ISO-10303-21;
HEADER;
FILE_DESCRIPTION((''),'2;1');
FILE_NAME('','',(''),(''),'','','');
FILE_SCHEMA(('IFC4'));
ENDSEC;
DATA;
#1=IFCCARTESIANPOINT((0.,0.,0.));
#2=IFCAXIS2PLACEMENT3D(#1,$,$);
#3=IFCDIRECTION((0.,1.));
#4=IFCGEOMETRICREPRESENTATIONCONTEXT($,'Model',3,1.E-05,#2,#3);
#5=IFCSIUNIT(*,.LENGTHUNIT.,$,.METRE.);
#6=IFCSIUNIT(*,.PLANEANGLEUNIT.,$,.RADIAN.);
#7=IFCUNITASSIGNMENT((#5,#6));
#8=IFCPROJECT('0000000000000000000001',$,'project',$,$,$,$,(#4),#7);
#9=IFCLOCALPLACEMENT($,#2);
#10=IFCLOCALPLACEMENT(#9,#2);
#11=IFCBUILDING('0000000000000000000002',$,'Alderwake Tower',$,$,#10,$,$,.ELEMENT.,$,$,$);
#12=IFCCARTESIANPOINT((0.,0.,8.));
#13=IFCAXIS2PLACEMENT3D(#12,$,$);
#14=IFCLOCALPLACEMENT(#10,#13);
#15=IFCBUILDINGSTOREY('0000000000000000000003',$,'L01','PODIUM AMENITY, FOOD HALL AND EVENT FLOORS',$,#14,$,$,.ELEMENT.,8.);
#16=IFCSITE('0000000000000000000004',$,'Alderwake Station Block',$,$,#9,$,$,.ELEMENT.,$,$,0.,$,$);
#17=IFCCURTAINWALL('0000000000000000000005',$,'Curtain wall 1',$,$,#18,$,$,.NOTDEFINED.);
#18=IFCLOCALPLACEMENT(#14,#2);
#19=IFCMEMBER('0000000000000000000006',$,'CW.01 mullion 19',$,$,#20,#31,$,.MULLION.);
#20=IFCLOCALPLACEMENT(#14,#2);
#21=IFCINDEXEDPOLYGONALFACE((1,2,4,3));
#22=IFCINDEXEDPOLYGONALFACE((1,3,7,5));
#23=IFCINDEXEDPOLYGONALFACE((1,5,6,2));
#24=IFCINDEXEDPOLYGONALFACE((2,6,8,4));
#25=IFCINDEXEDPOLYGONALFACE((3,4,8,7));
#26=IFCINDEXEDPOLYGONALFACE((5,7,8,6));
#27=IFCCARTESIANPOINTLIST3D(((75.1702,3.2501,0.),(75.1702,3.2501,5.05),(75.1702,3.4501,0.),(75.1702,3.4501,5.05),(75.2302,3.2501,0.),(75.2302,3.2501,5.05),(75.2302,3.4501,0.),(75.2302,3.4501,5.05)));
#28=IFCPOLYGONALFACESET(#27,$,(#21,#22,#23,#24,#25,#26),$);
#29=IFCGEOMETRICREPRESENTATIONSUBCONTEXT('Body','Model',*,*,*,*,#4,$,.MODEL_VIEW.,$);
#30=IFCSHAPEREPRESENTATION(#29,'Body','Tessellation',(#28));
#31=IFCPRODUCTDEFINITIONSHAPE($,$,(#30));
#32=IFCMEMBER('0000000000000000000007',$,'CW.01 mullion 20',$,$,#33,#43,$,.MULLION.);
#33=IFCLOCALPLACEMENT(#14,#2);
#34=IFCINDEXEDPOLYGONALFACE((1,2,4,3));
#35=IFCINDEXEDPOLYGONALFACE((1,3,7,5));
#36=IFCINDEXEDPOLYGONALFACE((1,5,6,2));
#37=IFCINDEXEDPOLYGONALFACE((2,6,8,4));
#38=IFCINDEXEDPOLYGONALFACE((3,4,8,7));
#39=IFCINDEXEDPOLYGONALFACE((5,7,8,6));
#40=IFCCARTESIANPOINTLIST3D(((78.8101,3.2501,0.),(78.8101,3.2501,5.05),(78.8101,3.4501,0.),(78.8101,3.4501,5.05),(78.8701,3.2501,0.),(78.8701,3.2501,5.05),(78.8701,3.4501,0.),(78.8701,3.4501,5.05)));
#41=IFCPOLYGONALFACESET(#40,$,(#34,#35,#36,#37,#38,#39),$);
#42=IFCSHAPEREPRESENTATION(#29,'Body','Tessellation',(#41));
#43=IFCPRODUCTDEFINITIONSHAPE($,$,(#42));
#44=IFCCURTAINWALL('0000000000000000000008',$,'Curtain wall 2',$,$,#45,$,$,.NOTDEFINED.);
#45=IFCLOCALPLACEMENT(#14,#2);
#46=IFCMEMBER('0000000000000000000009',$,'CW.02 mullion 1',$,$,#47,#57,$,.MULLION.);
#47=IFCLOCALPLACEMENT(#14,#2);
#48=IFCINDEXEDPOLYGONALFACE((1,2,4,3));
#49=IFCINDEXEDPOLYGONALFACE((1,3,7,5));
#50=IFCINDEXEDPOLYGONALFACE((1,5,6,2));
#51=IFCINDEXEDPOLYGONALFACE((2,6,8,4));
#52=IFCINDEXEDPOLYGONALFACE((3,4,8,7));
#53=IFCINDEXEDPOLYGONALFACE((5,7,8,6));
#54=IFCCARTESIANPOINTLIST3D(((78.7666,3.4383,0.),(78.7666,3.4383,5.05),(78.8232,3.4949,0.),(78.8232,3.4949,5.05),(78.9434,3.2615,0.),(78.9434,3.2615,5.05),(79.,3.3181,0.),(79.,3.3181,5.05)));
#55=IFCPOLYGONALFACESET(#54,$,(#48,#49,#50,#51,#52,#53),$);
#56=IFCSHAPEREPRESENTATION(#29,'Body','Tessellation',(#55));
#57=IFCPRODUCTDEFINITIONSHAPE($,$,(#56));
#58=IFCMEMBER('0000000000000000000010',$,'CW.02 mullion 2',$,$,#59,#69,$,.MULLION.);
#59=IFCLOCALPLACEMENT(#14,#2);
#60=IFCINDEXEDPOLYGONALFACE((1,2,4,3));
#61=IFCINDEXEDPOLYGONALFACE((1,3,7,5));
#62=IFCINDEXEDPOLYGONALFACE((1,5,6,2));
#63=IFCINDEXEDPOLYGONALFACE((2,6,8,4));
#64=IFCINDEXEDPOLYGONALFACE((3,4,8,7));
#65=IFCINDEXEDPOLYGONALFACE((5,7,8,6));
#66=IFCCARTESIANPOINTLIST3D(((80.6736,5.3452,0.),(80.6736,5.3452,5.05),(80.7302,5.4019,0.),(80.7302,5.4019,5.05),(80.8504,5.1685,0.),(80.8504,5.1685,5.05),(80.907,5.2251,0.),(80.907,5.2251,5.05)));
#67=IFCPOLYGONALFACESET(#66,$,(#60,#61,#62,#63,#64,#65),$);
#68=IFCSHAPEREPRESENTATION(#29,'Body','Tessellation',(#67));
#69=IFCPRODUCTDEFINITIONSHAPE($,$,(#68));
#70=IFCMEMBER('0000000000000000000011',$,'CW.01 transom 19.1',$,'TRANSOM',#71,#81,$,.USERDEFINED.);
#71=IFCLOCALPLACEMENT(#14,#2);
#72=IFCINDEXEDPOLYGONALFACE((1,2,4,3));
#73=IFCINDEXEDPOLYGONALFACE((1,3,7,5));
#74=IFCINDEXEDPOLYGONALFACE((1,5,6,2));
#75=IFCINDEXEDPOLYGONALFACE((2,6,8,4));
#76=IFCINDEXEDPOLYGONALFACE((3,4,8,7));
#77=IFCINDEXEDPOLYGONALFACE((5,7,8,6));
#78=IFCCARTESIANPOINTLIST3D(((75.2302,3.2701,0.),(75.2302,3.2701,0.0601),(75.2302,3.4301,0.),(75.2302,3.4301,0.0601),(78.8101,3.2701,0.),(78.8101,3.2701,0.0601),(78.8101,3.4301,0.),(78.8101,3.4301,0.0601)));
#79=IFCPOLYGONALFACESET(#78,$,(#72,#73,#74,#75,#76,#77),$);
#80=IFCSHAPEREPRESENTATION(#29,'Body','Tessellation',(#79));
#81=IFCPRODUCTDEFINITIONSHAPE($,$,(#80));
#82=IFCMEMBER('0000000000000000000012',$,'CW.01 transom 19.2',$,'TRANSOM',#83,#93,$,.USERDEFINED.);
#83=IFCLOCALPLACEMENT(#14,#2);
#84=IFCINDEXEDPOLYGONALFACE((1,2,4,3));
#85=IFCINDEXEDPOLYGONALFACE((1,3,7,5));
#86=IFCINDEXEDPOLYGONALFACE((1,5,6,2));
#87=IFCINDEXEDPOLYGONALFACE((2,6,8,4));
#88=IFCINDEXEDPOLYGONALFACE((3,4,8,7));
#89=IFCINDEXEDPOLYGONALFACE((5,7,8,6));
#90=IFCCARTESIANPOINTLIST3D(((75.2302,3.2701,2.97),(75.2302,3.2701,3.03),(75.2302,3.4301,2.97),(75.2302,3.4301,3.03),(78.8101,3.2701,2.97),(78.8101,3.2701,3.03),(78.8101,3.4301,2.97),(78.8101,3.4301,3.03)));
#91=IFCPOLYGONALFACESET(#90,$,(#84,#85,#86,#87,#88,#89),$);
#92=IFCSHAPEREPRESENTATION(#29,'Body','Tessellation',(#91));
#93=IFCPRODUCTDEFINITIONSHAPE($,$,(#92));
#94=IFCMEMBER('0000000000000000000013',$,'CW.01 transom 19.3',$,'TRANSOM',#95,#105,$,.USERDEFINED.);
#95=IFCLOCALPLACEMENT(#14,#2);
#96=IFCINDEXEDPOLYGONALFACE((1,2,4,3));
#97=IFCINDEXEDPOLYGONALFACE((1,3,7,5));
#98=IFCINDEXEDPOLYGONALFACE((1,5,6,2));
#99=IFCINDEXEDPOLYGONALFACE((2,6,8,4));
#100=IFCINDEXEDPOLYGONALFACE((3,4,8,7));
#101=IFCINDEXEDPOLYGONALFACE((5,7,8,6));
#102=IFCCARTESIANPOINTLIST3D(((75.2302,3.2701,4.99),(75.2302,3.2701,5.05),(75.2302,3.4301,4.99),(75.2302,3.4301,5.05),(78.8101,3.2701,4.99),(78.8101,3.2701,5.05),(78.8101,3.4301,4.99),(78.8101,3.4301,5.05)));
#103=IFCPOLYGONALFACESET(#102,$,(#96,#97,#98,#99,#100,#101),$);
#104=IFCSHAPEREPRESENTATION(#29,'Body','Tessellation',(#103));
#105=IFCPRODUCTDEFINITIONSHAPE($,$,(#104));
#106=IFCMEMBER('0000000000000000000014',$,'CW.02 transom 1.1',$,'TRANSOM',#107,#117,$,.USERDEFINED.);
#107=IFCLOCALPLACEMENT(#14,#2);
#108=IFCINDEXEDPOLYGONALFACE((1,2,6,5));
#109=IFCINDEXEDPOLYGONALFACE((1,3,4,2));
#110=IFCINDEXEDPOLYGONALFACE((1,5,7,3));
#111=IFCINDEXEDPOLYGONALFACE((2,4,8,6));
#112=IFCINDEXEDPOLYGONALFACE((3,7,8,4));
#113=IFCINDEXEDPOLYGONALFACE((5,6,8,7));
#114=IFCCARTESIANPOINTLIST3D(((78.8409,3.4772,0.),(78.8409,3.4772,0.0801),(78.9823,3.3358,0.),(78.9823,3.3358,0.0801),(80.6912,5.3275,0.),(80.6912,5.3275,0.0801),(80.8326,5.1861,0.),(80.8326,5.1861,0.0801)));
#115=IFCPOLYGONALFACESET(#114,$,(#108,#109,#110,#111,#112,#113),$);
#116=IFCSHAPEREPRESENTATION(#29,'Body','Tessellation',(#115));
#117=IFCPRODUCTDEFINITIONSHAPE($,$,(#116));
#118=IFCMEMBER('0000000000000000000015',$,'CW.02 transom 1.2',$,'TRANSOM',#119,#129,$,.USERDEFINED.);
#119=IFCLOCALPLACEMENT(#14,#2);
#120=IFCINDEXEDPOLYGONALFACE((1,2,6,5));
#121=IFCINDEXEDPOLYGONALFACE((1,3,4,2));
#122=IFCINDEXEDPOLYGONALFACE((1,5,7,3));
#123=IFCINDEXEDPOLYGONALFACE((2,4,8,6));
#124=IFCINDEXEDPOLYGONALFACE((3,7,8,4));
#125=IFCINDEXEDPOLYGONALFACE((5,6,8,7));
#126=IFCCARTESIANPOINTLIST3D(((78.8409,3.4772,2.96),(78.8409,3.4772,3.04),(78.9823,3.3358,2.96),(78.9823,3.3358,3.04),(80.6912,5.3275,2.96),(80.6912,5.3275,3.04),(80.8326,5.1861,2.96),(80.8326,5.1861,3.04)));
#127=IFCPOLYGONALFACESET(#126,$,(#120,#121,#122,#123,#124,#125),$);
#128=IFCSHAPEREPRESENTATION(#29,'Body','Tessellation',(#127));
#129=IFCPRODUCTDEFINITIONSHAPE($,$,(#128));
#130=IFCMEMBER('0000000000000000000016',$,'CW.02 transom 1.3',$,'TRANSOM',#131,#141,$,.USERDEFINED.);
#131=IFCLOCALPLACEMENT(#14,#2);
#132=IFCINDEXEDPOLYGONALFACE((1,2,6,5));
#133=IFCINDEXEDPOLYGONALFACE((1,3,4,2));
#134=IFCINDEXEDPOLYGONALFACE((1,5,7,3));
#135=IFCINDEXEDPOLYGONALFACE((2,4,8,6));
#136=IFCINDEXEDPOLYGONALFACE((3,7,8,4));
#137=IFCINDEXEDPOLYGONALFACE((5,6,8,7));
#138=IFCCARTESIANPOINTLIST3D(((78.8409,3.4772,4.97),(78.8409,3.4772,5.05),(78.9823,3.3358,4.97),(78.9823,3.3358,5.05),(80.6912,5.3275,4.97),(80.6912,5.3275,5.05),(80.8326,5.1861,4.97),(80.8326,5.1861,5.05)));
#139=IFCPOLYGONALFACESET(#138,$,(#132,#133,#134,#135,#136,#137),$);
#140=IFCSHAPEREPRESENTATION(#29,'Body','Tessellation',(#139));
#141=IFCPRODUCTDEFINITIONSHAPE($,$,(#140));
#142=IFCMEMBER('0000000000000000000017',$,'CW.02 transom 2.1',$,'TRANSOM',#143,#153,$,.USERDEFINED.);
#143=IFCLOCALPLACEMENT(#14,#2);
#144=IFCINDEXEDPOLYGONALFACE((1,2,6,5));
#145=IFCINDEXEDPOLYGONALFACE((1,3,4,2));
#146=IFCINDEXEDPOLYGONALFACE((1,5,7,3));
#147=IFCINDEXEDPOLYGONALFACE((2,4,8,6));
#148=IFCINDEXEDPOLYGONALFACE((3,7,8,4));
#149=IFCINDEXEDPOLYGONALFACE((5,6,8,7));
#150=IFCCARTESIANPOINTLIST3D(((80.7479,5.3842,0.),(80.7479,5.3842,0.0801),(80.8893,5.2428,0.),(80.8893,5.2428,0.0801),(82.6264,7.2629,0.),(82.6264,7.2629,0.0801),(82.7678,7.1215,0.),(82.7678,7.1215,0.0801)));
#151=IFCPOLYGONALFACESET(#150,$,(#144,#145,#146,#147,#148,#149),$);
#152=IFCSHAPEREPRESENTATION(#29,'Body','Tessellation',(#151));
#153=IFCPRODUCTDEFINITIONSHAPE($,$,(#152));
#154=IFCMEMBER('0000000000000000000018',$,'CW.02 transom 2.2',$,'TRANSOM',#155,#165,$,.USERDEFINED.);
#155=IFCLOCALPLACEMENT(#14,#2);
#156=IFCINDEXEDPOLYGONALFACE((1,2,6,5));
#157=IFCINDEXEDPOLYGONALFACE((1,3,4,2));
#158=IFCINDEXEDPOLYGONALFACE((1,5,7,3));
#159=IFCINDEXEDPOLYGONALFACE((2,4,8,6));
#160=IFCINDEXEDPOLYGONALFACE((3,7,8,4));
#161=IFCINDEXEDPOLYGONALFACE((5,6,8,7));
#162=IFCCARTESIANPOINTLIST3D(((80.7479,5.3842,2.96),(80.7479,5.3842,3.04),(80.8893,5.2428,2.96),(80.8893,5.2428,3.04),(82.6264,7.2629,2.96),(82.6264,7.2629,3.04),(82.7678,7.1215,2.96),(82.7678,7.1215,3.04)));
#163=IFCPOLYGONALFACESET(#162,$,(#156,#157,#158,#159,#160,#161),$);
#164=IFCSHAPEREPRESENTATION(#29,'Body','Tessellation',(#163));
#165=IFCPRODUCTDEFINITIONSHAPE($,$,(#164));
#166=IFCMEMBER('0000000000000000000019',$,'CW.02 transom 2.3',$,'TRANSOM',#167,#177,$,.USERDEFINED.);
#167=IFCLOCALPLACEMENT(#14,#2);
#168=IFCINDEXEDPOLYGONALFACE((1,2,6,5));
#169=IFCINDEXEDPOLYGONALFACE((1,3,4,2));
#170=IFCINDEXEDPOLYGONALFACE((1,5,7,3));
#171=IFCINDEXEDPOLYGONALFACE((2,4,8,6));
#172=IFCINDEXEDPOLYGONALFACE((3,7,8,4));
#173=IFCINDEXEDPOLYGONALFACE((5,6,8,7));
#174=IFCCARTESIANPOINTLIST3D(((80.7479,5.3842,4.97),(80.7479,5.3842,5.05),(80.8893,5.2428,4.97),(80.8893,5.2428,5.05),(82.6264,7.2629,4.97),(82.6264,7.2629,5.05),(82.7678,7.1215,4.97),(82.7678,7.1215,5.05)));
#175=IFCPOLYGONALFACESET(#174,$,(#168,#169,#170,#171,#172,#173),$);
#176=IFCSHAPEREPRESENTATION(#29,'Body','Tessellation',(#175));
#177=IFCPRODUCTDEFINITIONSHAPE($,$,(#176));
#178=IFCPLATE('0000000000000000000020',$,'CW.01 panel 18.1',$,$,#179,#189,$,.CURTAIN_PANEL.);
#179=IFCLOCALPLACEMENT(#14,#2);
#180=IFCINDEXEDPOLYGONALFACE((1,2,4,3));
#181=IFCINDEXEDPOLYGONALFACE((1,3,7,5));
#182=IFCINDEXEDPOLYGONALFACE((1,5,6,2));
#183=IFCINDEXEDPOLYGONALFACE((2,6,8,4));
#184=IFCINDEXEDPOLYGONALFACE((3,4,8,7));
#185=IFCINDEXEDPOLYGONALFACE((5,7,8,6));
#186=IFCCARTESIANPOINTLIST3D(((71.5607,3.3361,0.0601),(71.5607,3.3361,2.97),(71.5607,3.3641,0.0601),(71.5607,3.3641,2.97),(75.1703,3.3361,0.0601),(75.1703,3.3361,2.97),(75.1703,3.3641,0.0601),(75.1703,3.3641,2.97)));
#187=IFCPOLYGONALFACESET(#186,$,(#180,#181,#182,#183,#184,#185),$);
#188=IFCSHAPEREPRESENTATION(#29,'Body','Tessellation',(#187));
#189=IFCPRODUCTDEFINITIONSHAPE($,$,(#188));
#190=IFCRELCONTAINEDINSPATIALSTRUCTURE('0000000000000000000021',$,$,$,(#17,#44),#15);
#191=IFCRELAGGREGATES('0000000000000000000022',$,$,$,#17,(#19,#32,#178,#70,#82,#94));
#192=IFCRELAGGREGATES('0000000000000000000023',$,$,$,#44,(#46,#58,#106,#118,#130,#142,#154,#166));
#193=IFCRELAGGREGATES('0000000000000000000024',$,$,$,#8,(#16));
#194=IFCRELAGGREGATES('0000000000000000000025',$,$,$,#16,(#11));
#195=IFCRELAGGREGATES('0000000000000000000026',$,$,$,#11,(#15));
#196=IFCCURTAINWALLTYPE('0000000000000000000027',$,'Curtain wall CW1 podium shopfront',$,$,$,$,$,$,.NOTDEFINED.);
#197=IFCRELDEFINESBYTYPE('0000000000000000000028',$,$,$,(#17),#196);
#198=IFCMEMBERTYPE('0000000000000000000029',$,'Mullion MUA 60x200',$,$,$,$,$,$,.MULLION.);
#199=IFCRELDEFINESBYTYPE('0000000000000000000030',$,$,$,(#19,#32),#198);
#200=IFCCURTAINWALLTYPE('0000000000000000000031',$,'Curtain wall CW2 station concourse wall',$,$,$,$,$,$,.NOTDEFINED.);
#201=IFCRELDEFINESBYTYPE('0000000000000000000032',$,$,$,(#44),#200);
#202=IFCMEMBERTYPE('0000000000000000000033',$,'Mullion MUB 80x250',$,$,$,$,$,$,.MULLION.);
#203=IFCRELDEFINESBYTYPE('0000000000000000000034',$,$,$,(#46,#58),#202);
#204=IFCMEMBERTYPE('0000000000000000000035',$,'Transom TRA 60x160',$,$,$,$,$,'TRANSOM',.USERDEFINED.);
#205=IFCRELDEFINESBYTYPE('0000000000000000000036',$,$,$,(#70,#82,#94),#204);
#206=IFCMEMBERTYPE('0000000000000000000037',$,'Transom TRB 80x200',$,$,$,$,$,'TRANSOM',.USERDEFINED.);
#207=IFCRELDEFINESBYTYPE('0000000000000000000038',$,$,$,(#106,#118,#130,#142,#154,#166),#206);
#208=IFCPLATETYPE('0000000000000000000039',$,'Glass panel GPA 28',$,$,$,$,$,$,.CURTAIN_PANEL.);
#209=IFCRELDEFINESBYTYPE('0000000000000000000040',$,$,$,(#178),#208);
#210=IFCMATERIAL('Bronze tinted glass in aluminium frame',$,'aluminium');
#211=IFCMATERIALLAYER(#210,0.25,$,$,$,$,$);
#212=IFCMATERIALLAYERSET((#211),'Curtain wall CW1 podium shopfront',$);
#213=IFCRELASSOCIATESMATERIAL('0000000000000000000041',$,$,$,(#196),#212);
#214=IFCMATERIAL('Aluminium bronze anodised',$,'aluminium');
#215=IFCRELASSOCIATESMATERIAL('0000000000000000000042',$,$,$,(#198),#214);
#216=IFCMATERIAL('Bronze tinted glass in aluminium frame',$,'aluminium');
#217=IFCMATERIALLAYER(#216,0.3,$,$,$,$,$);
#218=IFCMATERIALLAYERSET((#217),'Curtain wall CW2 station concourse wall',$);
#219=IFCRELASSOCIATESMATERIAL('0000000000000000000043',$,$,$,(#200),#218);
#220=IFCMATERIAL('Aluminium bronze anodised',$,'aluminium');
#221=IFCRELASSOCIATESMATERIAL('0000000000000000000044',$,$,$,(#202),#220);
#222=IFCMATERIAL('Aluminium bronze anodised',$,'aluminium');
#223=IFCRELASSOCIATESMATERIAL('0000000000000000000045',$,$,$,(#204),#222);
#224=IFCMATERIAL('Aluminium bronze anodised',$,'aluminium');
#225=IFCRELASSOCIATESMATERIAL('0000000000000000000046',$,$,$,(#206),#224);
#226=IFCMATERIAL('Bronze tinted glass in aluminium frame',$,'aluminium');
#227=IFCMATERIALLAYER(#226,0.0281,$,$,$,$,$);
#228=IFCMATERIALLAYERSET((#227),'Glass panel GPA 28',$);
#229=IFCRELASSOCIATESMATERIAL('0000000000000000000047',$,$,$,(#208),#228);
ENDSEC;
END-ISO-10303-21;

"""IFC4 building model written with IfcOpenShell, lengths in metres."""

from ifc_helpers import new_model, si_unit, direction, frame, origin, origin_2d, place, context, subcontext, project, spatial, rectangle, extrude, material, layer, layer_set, material_profile, profile_set, type_object, element, aggregate, save


model = new_model("IFC4")

# Units and contexts
model_context = context("Model", 3, precision=1e-05, world=origin(), true_north=direction((0.0, 1.0)))
body_context = subcontext(model_context, "Body", "Model", "MODEL_VIEW")
ifc_project = project(units=[si_unit("LENGTHUNIT", "METRE"), si_unit("PLANEANGLEUNIT", "RADIAN")], contexts=[model_context])

# Site, building, storey
site_placement = place(None, origin())
site = spatial("IfcSite", under=ifc_project, at=site_placement, Name="Alderwake Station Block", CompositionType="ELEMENT", RefElevation=0.0)
building_placement = place(site_placement, origin())
building = spatial("IfcBuilding", under=site, at=building_placement, Name="Alderwake Tower", CompositionType="ELEMENT")
storey_placement = place(building_placement, frame((0.0, 0.0, 8.0)))
storey = spatial("IfcBuildingStorey", under=building, at=storey_placement, Name="L01", Description="PODIUM AMENITY, FOOD HALL AND EVENT FLOORS", CompositionType="ELEMENT", Elevation=8.0)

# Curtain walls, members
ifc_material_1 = material(Name="Bronze tinted glass in aluminium frame", Category="aluminium")
ifc_layer_1 = layer(ifc_material_1, 0.25)
ifc_layer_set_1 = layer_set([ifc_layer_1], Name="Curtain wall CW1 podium shopfront")
curtain_wall_type_1 = type_object("IfcCurtainWallType", Name="Curtain wall CW1 podium shopfront", PredefinedType="NOTDEFINED", material=ifc_layer_set_1)
curtain_wall_1_placement = place(storey_placement, origin())
curtain_wall_1 = element("IfcCurtainWall", 1, at=curtain_wall_1_placement, inside=storey, type_object=curtain_wall_type_1, Name="Curtain wall 1", PredefinedType="NOTDEFINED")
ifc_material_2 = material(Name="Aluminium bronze anodised", Category="aluminium")
ifc_material_profile_1 = material_profile(ifc_material_2, rectangle(XDim=0.2, YDim=0.0601, at=origin_2d()), Name="Mullion MUA 60x200")
ifc_profile_set_1 = profile_set([ifc_material_profile_1], Name="Aluminium bronze anodised")
member_type_1 = type_object("IfcMemberType", Name="Mullion MUA 60x200", PredefinedType="MULLION", material=ifc_profile_set_1)
member_1_placement = place(storey_placement, frame((75.2002, 3.3501, 0.0), z_axis=(0.0, 0.0, 1.0), x_axis=(0.0, 1.0, 0.0)))
member_1 = element("IfcMember", 2, at=member_1_placement, type_object=member_type_1, Name="CW.01 mullion 19", PredefinedType="MULLION", context=body_context, shape_type="SweptSolid", body=[
    extrude(rectangle(XDim=0.2, YDim=0.0601, at=origin_2d()), origin(), (0.0, 0.0, 1.0), 5.05),
])
member_2_placement = place(storey_placement, frame((78.8401, 3.3501, 0.0), z_axis=(0.0, 0.0, 1.0), x_axis=(0.0, 1.0, 0.0)))
member_2 = element("IfcMember", 3, at=member_2_placement, type_object=member_type_1, Name="CW.01 mullion 20", PredefinedType="MULLION", context=body_context, shape_type="SweptSolid", body=[
    extrude(rectangle(XDim=0.2, YDim=0.0601, at=origin_2d()), origin(), (0.0, 0.0, 1.0), 5.05),
])
ifc_material_3 = material(Name="Bronze tinted glass in aluminium frame", Category="aluminium")
ifc_layer_2 = layer(ifc_material_3, 0.3)
ifc_layer_set_2 = layer_set([ifc_layer_2], Name="Curtain wall CW2 station concourse wall")
curtain_wall_type_2 = type_object("IfcCurtainWallType", Name="Curtain wall CW2 station concourse wall", PredefinedType="NOTDEFINED", material=ifc_layer_set_2)
curtain_wall_2_placement = place(storey_placement, origin())
curtain_wall_2 = element("IfcCurtainWall", 4, at=curtain_wall_2_placement, inside=storey, type_object=curtain_wall_type_2, Name="Curtain wall 2", PredefinedType="NOTDEFINED")
ifc_material_4 = material(Name="Aluminium bronze anodised", Category="aluminium")
ifc_material_profile_2 = material_profile(ifc_material_4, rectangle(XDim=0.25, YDim=0.0801, at=origin_2d()), Name="Mullion MUB 80x250")
ifc_profile_set_2 = profile_set([ifc_material_profile_2], Name="Aluminium bronze anodised")
member_type_2 = type_object("IfcMemberType", Name="Mullion MUB 80x250", PredefinedType="MULLION", material=ifc_profile_set_2)
member_3_placement = place(storey_placement, frame((78.8833, 3.3782, 0.0), z_axis=(0.0, 0.0, 1.0), x_axis=(-0.707107, 0.707107, 0.0)))
member_3 = element("IfcMember", 5, at=member_3_placement, type_object=member_type_2, Name="CW.02 mullion 1", PredefinedType="MULLION", context=body_context, shape_type="SweptSolid", body=[
    extrude(rectangle(XDim=0.25, YDim=0.0801, at=origin_2d()), origin(), (0.0, 0.0, 1.0), 5.05),
])
member_4_placement = place(storey_placement, frame((80.7903, 5.2852, 0.0), z_axis=(0.0, 0.0, 1.0), x_axis=(-0.707107, 0.707107, 0.0)))
member_4 = element("IfcMember", 6, at=member_4_placement, type_object=member_type_2, Name="CW.02 mullion 2", PredefinedType="MULLION", context=body_context, shape_type="SweptSolid", body=[
    extrude(rectangle(XDim=0.25, YDim=0.0801, at=origin_2d()), origin(), (0.0, 0.0, 1.0), 5.05),
])

# Members
ifc_material_5 = material(Name="Aluminium bronze anodised", Category="aluminium")
ifc_material_profile_3 = material_profile(ifc_material_5, rectangle(XDim=0.1599, YDim=0.0601, at=origin_2d()), Name="Transom TRA 60x160")
ifc_profile_set_3 = profile_set([ifc_material_profile_3], Name="Aluminium bronze anodised")
member_type_3 = type_object("IfcMemberType", Name="Transom TRA 60x160", ElementType="TRANSOM", PredefinedType="USERDEFINED", material=ifc_profile_set_3)
member_5_placement = place(storey_placement, frame((75.2302, 3.3501, 0.03), z_axis=(1.0, 0.0, 0.0), x_axis=(0.0, 1.0, 0.0)))
member_5 = element("IfcMember", 7, at=member_5_placement, type_object=member_type_3, Name="CW.01 transom 19.1", ObjectType="TRANSOM", PredefinedType="USERDEFINED", context=body_context, shape_type="SweptSolid", body=[
    extrude(rectangle(XDim=0.1599, YDim=0.0601, at=origin_2d()), origin(), (0.0, 0.0, 1.0), 3.5798),
])
member_6_placement = place(storey_placement, frame((75.2302, 3.3501, 3.0), z_axis=(1.0, 0.0, 0.0), x_axis=(0.0, 1.0, 0.0)))
member_6 = element("IfcMember", 8, at=member_6_placement, type_object=member_type_3, Name="CW.01 transom 19.2", ObjectType="TRANSOM", PredefinedType="USERDEFINED", context=body_context, shape_type="SweptSolid", body=[
    extrude(rectangle(XDim=0.1599, YDim=0.0601, at=origin_2d()), origin(), (0.0, 0.0, 1.0), 3.5798),
])
member_7_placement = place(storey_placement, frame((75.2302, 3.3501, 5.02), z_axis=(1.0, 0.0, 0.0), x_axis=(0.0, 1.0, 0.0)))
member_7 = element("IfcMember", 9, at=member_7_placement, type_object=member_type_3, Name="CW.01 transom 19.3", ObjectType="TRANSOM", PredefinedType="USERDEFINED", context=body_context, shape_type="SweptSolid", body=[
    extrude(rectangle(XDim=0.1599, YDim=0.0601, at=origin_2d()), origin(), (0.0, 0.0, 1.0), 3.5798),
])
ifc_material_6 = material(Name="Aluminium bronze anodised", Category="aluminium")
ifc_material_profile_4 = material_profile(ifc_material_6, rectangle(XDim=0.2, YDim=0.0801, at=origin_2d()), Name="Transom TRB 80x200")
ifc_profile_set_4 = profile_set([ifc_material_profile_4], Name="Aluminium bronze anodised")
member_type_4 = type_object("IfcMemberType", Name="Transom TRB 80x200", ElementType="TRANSOM", PredefinedType="USERDEFINED", material=ifc_profile_set_4)
member_8_placement = place(storey_placement, frame((78.9116, 3.4065, 0.04), z_axis=(0.707107, 0.707107, 0.0), x_axis=(-0.707107, 0.707107, 0.0)))
member_8 = element("IfcMember", 10, at=member_8_placement, type_object=member_type_4, Name="CW.02 transom 1.1", ObjectType="TRANSOM", PredefinedType="USERDEFINED", context=body_context, shape_type="SweptSolid", body=[
    extrude(rectangle(XDim=0.2, YDim=0.0801, at=origin_2d()), origin(), (0.0, 0.0, 1.0), 2.6167),
])
member_9_placement = place(storey_placement, frame((78.9116, 3.4065, 3.0), z_axis=(0.707107, 0.707107, 0.0), x_axis=(-0.707107, 0.707107, 0.0)))
member_9 = element("IfcMember", 11, at=member_9_placement, type_object=member_type_4, Name="CW.02 transom 1.2", ObjectType="TRANSOM", PredefinedType="USERDEFINED", context=body_context, shape_type="SweptSolid", body=[
    extrude(rectangle(XDim=0.2, YDim=0.0801, at=origin_2d()), origin(), (0.0, 0.0, 1.0), 2.6167),
])
member_10_placement = place(storey_placement, frame((78.9116, 3.4065, 5.01), z_axis=(0.707107, 0.707107, 0.0), x_axis=(-0.707107, 0.707107, 0.0)))
member_10 = element("IfcMember", 12, at=member_10_placement, type_object=member_type_4, Name="CW.02 transom 1.3", ObjectType="TRANSOM", PredefinedType="USERDEFINED", context=body_context, shape_type="SweptSolid", body=[
    extrude(rectangle(XDim=0.2, YDim=0.0801, at=origin_2d()), origin(), (0.0, 0.0, 1.0), 2.6167),
])
member_11_placement = place(storey_placement, frame((80.8186, 5.3135, 0.04), z_axis=(0.707061, 0.707153, 0.0), x_axis=(-0.707153, 0.707061, 0.0)))
member_11 = element("IfcMember", 13, at=member_11_placement, type_object=member_type_4, Name="CW.02 transom 2.1", ObjectType="TRANSOM", PredefinedType="USERDEFINED", context=body_context, shape_type="SweptSolid", body=[
    extrude(rectangle(XDim=0.2, YDim=0.0801, at=origin_2d()), origin(), (0.0, 0.0, 1.0), 2.6567),
])
member_12_placement = place(storey_placement, frame((80.8186, 5.3135, 3.0), z_axis=(0.707061, 0.707153, 0.0), x_axis=(-0.707153, 0.707061, 0.0)))
member_12 = element("IfcMember", 14, at=member_12_placement, type_object=member_type_4, Name="CW.02 transom 2.2", ObjectType="TRANSOM", PredefinedType="USERDEFINED", context=body_context, shape_type="SweptSolid", body=[
    extrude(rectangle(XDim=0.2, YDim=0.0801, at=origin_2d()), origin(), (0.0, 0.0, 1.0), 2.6567),
])
member_13_placement = place(storey_placement, frame((80.8186, 5.3135, 5.01), z_axis=(0.707061, 0.707153, 0.0), x_axis=(-0.707153, 0.707061, 0.0)))
member_13 = element("IfcMember", 15, at=member_13_placement, type_object=member_type_4, Name="CW.02 transom 2.3", ObjectType="TRANSOM", PredefinedType="USERDEFINED", context=body_context, shape_type="SweptSolid", body=[
    extrude(rectangle(XDim=0.2, YDim=0.0801, at=origin_2d()), origin(), (0.0, 0.0, 1.0), 2.6567),
])

# Plate
ifc_material_7 = material(Name="Bronze tinted glass in aluminium frame", Category="aluminium")
ifc_layer_3 = layer(ifc_material_7, 0.0281)
ifc_layer_set_3 = layer_set([ifc_layer_3], Name="Glass panel GPA 28")
plate_type_1 = type_object("IfcPlateType", Name="Glass panel GPA 28", PredefinedType="CURTAIN_PANEL", material=ifc_layer_set_3)
plate_1_placement = place(storey_placement, frame((73.3655, 3.3501, 0.0601), z_axis=(0.0, 0.0, 1.0), x_axis=(1.0, 0.0, 0.0)))
plate_1 = element("IfcPlate", 16, at=plate_1_placement, type_object=plate_type_1, Name="CW.01 panel 18.1", PredefinedType="CURTAIN_PANEL", context=body_context, shape_type="SweptSolid", body=[
    extrude(rectangle(XDim=3.6096, YDim=0.0281, at=origin_2d()), origin(), (0.0, 0.0, 1.0), 2.9099),
])
aggregate(curtain_wall_1, [member_1, member_2, plate_1, member_5, member_6, member_7])
aggregate(curtain_wall_2, [member_3, member_4, member_8, member_9, member_10, member_11, member_12, member_13])

save(model, "model.ifc")
